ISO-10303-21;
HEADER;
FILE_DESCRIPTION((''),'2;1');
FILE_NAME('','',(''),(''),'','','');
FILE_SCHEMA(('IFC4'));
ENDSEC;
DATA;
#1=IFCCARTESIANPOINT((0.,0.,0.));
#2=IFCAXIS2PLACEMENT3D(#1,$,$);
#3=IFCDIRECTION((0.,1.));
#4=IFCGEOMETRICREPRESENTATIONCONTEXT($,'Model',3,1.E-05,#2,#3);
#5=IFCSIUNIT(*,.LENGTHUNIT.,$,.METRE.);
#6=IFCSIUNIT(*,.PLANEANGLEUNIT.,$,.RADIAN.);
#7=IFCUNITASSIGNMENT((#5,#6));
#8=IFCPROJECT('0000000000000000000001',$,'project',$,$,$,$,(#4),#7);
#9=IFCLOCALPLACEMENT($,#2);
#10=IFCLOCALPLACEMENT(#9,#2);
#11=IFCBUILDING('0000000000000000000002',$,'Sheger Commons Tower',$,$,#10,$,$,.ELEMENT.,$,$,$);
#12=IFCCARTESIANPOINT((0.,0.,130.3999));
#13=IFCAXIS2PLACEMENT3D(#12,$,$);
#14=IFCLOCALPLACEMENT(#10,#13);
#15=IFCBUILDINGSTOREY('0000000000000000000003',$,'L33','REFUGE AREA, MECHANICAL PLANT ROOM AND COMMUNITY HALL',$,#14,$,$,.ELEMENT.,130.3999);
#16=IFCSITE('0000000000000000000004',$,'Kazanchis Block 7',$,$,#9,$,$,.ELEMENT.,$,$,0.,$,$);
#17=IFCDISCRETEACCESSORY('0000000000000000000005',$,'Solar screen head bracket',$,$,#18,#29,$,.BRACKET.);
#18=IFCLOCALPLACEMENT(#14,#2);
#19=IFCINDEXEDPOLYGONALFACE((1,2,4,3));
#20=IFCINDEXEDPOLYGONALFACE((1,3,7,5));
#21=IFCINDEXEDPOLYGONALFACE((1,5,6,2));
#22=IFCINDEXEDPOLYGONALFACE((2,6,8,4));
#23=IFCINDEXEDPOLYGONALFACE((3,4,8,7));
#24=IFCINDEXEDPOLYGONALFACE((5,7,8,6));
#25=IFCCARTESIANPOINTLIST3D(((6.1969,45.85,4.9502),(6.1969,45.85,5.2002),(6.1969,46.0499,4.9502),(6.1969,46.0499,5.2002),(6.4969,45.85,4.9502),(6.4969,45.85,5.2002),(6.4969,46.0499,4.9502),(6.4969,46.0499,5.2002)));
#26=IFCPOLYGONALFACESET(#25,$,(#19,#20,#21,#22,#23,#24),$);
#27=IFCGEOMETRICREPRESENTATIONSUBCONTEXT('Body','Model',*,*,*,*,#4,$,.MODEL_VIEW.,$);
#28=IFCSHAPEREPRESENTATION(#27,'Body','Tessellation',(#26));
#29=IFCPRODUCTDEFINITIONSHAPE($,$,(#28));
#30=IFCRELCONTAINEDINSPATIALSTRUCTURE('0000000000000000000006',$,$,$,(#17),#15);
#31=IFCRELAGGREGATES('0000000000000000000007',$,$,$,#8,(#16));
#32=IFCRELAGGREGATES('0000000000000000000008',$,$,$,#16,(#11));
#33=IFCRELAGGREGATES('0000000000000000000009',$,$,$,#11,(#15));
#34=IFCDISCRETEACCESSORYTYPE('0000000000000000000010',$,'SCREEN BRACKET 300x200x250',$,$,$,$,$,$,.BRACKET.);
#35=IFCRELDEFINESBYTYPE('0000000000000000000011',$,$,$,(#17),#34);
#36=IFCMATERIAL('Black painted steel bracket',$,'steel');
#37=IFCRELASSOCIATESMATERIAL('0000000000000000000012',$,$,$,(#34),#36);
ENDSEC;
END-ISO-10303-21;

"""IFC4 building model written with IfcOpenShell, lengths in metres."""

from ifc_helpers import new_model, si_unit, direction, frame, origin, origin_2d, place, context, subcontext, project, spatial, rectangle, extrude, material, type_object, element, save


model = new_model("IFC4")

# Units and contexts
model_context = context("Model", 3, precision=1e-05, world=origin(), true_north=direction((0.0, 1.0)))
body_context = subcontext(model_context, "Body", "Model", "MODEL_VIEW")
ifc_project = project(units=[si_unit("LENGTHUNIT", "METRE"), si_unit("PLANEANGLEUNIT", "RADIAN")], contexts=[model_context])

# Site, building, storey
site_placement = place(None, origin())
site = spatial("IfcSite", under=ifc_project, at=site_placement, Name="Kazanchis Block 7", CompositionType="ELEMENT", RefElevation=0.0)
building_placement = place(site_placement, origin())
building = spatial("IfcBuilding", under=site, at=building_placement, Name="Sheger Commons Tower", CompositionType="ELEMENT")
storey_placement = place(building_placement, frame((0.0, 0.0, 130.3999)))
storey = spatial("IfcBuildingStorey", under=building, at=storey_placement, Name="L33", Description="REFUGE AREA, MECHANICAL PLANT ROOM AND COMMUNITY HALL", CompositionType="ELEMENT", Elevation=130.3999)

# Discrete accessory
ifc_material_1 = material(Name="Black painted steel bracket", Category="steel")
discrete_accessory_type = type_object("IfcDiscreteAccessoryType", Name="SCREEN BRACKET 300x200x250", PredefinedType="BRACKET", material=ifc_material_1)
discrete_accessory_placement = place(storey_placement, frame((6.3469, 45.95, 4.9502), z_axis=(0.0, 0.0, 1.0), x_axis=(-1.0, 0.0, 0.0)))
element("IfcDiscreteAccessory", 1, at=discrete_accessory_placement, inside=storey, type_object=discrete_accessory_type, Name="Solar screen head bracket", PredefinedType="BRACKET", context=body_context, shape_type="SweptSolid", body=[
    extrude(rectangle(XDim=0.3, YDim=0.2, at=origin_2d()), origin(), (0.0, 0.0, 1.0), 0.25),
])

save(model, "model.ifc")
